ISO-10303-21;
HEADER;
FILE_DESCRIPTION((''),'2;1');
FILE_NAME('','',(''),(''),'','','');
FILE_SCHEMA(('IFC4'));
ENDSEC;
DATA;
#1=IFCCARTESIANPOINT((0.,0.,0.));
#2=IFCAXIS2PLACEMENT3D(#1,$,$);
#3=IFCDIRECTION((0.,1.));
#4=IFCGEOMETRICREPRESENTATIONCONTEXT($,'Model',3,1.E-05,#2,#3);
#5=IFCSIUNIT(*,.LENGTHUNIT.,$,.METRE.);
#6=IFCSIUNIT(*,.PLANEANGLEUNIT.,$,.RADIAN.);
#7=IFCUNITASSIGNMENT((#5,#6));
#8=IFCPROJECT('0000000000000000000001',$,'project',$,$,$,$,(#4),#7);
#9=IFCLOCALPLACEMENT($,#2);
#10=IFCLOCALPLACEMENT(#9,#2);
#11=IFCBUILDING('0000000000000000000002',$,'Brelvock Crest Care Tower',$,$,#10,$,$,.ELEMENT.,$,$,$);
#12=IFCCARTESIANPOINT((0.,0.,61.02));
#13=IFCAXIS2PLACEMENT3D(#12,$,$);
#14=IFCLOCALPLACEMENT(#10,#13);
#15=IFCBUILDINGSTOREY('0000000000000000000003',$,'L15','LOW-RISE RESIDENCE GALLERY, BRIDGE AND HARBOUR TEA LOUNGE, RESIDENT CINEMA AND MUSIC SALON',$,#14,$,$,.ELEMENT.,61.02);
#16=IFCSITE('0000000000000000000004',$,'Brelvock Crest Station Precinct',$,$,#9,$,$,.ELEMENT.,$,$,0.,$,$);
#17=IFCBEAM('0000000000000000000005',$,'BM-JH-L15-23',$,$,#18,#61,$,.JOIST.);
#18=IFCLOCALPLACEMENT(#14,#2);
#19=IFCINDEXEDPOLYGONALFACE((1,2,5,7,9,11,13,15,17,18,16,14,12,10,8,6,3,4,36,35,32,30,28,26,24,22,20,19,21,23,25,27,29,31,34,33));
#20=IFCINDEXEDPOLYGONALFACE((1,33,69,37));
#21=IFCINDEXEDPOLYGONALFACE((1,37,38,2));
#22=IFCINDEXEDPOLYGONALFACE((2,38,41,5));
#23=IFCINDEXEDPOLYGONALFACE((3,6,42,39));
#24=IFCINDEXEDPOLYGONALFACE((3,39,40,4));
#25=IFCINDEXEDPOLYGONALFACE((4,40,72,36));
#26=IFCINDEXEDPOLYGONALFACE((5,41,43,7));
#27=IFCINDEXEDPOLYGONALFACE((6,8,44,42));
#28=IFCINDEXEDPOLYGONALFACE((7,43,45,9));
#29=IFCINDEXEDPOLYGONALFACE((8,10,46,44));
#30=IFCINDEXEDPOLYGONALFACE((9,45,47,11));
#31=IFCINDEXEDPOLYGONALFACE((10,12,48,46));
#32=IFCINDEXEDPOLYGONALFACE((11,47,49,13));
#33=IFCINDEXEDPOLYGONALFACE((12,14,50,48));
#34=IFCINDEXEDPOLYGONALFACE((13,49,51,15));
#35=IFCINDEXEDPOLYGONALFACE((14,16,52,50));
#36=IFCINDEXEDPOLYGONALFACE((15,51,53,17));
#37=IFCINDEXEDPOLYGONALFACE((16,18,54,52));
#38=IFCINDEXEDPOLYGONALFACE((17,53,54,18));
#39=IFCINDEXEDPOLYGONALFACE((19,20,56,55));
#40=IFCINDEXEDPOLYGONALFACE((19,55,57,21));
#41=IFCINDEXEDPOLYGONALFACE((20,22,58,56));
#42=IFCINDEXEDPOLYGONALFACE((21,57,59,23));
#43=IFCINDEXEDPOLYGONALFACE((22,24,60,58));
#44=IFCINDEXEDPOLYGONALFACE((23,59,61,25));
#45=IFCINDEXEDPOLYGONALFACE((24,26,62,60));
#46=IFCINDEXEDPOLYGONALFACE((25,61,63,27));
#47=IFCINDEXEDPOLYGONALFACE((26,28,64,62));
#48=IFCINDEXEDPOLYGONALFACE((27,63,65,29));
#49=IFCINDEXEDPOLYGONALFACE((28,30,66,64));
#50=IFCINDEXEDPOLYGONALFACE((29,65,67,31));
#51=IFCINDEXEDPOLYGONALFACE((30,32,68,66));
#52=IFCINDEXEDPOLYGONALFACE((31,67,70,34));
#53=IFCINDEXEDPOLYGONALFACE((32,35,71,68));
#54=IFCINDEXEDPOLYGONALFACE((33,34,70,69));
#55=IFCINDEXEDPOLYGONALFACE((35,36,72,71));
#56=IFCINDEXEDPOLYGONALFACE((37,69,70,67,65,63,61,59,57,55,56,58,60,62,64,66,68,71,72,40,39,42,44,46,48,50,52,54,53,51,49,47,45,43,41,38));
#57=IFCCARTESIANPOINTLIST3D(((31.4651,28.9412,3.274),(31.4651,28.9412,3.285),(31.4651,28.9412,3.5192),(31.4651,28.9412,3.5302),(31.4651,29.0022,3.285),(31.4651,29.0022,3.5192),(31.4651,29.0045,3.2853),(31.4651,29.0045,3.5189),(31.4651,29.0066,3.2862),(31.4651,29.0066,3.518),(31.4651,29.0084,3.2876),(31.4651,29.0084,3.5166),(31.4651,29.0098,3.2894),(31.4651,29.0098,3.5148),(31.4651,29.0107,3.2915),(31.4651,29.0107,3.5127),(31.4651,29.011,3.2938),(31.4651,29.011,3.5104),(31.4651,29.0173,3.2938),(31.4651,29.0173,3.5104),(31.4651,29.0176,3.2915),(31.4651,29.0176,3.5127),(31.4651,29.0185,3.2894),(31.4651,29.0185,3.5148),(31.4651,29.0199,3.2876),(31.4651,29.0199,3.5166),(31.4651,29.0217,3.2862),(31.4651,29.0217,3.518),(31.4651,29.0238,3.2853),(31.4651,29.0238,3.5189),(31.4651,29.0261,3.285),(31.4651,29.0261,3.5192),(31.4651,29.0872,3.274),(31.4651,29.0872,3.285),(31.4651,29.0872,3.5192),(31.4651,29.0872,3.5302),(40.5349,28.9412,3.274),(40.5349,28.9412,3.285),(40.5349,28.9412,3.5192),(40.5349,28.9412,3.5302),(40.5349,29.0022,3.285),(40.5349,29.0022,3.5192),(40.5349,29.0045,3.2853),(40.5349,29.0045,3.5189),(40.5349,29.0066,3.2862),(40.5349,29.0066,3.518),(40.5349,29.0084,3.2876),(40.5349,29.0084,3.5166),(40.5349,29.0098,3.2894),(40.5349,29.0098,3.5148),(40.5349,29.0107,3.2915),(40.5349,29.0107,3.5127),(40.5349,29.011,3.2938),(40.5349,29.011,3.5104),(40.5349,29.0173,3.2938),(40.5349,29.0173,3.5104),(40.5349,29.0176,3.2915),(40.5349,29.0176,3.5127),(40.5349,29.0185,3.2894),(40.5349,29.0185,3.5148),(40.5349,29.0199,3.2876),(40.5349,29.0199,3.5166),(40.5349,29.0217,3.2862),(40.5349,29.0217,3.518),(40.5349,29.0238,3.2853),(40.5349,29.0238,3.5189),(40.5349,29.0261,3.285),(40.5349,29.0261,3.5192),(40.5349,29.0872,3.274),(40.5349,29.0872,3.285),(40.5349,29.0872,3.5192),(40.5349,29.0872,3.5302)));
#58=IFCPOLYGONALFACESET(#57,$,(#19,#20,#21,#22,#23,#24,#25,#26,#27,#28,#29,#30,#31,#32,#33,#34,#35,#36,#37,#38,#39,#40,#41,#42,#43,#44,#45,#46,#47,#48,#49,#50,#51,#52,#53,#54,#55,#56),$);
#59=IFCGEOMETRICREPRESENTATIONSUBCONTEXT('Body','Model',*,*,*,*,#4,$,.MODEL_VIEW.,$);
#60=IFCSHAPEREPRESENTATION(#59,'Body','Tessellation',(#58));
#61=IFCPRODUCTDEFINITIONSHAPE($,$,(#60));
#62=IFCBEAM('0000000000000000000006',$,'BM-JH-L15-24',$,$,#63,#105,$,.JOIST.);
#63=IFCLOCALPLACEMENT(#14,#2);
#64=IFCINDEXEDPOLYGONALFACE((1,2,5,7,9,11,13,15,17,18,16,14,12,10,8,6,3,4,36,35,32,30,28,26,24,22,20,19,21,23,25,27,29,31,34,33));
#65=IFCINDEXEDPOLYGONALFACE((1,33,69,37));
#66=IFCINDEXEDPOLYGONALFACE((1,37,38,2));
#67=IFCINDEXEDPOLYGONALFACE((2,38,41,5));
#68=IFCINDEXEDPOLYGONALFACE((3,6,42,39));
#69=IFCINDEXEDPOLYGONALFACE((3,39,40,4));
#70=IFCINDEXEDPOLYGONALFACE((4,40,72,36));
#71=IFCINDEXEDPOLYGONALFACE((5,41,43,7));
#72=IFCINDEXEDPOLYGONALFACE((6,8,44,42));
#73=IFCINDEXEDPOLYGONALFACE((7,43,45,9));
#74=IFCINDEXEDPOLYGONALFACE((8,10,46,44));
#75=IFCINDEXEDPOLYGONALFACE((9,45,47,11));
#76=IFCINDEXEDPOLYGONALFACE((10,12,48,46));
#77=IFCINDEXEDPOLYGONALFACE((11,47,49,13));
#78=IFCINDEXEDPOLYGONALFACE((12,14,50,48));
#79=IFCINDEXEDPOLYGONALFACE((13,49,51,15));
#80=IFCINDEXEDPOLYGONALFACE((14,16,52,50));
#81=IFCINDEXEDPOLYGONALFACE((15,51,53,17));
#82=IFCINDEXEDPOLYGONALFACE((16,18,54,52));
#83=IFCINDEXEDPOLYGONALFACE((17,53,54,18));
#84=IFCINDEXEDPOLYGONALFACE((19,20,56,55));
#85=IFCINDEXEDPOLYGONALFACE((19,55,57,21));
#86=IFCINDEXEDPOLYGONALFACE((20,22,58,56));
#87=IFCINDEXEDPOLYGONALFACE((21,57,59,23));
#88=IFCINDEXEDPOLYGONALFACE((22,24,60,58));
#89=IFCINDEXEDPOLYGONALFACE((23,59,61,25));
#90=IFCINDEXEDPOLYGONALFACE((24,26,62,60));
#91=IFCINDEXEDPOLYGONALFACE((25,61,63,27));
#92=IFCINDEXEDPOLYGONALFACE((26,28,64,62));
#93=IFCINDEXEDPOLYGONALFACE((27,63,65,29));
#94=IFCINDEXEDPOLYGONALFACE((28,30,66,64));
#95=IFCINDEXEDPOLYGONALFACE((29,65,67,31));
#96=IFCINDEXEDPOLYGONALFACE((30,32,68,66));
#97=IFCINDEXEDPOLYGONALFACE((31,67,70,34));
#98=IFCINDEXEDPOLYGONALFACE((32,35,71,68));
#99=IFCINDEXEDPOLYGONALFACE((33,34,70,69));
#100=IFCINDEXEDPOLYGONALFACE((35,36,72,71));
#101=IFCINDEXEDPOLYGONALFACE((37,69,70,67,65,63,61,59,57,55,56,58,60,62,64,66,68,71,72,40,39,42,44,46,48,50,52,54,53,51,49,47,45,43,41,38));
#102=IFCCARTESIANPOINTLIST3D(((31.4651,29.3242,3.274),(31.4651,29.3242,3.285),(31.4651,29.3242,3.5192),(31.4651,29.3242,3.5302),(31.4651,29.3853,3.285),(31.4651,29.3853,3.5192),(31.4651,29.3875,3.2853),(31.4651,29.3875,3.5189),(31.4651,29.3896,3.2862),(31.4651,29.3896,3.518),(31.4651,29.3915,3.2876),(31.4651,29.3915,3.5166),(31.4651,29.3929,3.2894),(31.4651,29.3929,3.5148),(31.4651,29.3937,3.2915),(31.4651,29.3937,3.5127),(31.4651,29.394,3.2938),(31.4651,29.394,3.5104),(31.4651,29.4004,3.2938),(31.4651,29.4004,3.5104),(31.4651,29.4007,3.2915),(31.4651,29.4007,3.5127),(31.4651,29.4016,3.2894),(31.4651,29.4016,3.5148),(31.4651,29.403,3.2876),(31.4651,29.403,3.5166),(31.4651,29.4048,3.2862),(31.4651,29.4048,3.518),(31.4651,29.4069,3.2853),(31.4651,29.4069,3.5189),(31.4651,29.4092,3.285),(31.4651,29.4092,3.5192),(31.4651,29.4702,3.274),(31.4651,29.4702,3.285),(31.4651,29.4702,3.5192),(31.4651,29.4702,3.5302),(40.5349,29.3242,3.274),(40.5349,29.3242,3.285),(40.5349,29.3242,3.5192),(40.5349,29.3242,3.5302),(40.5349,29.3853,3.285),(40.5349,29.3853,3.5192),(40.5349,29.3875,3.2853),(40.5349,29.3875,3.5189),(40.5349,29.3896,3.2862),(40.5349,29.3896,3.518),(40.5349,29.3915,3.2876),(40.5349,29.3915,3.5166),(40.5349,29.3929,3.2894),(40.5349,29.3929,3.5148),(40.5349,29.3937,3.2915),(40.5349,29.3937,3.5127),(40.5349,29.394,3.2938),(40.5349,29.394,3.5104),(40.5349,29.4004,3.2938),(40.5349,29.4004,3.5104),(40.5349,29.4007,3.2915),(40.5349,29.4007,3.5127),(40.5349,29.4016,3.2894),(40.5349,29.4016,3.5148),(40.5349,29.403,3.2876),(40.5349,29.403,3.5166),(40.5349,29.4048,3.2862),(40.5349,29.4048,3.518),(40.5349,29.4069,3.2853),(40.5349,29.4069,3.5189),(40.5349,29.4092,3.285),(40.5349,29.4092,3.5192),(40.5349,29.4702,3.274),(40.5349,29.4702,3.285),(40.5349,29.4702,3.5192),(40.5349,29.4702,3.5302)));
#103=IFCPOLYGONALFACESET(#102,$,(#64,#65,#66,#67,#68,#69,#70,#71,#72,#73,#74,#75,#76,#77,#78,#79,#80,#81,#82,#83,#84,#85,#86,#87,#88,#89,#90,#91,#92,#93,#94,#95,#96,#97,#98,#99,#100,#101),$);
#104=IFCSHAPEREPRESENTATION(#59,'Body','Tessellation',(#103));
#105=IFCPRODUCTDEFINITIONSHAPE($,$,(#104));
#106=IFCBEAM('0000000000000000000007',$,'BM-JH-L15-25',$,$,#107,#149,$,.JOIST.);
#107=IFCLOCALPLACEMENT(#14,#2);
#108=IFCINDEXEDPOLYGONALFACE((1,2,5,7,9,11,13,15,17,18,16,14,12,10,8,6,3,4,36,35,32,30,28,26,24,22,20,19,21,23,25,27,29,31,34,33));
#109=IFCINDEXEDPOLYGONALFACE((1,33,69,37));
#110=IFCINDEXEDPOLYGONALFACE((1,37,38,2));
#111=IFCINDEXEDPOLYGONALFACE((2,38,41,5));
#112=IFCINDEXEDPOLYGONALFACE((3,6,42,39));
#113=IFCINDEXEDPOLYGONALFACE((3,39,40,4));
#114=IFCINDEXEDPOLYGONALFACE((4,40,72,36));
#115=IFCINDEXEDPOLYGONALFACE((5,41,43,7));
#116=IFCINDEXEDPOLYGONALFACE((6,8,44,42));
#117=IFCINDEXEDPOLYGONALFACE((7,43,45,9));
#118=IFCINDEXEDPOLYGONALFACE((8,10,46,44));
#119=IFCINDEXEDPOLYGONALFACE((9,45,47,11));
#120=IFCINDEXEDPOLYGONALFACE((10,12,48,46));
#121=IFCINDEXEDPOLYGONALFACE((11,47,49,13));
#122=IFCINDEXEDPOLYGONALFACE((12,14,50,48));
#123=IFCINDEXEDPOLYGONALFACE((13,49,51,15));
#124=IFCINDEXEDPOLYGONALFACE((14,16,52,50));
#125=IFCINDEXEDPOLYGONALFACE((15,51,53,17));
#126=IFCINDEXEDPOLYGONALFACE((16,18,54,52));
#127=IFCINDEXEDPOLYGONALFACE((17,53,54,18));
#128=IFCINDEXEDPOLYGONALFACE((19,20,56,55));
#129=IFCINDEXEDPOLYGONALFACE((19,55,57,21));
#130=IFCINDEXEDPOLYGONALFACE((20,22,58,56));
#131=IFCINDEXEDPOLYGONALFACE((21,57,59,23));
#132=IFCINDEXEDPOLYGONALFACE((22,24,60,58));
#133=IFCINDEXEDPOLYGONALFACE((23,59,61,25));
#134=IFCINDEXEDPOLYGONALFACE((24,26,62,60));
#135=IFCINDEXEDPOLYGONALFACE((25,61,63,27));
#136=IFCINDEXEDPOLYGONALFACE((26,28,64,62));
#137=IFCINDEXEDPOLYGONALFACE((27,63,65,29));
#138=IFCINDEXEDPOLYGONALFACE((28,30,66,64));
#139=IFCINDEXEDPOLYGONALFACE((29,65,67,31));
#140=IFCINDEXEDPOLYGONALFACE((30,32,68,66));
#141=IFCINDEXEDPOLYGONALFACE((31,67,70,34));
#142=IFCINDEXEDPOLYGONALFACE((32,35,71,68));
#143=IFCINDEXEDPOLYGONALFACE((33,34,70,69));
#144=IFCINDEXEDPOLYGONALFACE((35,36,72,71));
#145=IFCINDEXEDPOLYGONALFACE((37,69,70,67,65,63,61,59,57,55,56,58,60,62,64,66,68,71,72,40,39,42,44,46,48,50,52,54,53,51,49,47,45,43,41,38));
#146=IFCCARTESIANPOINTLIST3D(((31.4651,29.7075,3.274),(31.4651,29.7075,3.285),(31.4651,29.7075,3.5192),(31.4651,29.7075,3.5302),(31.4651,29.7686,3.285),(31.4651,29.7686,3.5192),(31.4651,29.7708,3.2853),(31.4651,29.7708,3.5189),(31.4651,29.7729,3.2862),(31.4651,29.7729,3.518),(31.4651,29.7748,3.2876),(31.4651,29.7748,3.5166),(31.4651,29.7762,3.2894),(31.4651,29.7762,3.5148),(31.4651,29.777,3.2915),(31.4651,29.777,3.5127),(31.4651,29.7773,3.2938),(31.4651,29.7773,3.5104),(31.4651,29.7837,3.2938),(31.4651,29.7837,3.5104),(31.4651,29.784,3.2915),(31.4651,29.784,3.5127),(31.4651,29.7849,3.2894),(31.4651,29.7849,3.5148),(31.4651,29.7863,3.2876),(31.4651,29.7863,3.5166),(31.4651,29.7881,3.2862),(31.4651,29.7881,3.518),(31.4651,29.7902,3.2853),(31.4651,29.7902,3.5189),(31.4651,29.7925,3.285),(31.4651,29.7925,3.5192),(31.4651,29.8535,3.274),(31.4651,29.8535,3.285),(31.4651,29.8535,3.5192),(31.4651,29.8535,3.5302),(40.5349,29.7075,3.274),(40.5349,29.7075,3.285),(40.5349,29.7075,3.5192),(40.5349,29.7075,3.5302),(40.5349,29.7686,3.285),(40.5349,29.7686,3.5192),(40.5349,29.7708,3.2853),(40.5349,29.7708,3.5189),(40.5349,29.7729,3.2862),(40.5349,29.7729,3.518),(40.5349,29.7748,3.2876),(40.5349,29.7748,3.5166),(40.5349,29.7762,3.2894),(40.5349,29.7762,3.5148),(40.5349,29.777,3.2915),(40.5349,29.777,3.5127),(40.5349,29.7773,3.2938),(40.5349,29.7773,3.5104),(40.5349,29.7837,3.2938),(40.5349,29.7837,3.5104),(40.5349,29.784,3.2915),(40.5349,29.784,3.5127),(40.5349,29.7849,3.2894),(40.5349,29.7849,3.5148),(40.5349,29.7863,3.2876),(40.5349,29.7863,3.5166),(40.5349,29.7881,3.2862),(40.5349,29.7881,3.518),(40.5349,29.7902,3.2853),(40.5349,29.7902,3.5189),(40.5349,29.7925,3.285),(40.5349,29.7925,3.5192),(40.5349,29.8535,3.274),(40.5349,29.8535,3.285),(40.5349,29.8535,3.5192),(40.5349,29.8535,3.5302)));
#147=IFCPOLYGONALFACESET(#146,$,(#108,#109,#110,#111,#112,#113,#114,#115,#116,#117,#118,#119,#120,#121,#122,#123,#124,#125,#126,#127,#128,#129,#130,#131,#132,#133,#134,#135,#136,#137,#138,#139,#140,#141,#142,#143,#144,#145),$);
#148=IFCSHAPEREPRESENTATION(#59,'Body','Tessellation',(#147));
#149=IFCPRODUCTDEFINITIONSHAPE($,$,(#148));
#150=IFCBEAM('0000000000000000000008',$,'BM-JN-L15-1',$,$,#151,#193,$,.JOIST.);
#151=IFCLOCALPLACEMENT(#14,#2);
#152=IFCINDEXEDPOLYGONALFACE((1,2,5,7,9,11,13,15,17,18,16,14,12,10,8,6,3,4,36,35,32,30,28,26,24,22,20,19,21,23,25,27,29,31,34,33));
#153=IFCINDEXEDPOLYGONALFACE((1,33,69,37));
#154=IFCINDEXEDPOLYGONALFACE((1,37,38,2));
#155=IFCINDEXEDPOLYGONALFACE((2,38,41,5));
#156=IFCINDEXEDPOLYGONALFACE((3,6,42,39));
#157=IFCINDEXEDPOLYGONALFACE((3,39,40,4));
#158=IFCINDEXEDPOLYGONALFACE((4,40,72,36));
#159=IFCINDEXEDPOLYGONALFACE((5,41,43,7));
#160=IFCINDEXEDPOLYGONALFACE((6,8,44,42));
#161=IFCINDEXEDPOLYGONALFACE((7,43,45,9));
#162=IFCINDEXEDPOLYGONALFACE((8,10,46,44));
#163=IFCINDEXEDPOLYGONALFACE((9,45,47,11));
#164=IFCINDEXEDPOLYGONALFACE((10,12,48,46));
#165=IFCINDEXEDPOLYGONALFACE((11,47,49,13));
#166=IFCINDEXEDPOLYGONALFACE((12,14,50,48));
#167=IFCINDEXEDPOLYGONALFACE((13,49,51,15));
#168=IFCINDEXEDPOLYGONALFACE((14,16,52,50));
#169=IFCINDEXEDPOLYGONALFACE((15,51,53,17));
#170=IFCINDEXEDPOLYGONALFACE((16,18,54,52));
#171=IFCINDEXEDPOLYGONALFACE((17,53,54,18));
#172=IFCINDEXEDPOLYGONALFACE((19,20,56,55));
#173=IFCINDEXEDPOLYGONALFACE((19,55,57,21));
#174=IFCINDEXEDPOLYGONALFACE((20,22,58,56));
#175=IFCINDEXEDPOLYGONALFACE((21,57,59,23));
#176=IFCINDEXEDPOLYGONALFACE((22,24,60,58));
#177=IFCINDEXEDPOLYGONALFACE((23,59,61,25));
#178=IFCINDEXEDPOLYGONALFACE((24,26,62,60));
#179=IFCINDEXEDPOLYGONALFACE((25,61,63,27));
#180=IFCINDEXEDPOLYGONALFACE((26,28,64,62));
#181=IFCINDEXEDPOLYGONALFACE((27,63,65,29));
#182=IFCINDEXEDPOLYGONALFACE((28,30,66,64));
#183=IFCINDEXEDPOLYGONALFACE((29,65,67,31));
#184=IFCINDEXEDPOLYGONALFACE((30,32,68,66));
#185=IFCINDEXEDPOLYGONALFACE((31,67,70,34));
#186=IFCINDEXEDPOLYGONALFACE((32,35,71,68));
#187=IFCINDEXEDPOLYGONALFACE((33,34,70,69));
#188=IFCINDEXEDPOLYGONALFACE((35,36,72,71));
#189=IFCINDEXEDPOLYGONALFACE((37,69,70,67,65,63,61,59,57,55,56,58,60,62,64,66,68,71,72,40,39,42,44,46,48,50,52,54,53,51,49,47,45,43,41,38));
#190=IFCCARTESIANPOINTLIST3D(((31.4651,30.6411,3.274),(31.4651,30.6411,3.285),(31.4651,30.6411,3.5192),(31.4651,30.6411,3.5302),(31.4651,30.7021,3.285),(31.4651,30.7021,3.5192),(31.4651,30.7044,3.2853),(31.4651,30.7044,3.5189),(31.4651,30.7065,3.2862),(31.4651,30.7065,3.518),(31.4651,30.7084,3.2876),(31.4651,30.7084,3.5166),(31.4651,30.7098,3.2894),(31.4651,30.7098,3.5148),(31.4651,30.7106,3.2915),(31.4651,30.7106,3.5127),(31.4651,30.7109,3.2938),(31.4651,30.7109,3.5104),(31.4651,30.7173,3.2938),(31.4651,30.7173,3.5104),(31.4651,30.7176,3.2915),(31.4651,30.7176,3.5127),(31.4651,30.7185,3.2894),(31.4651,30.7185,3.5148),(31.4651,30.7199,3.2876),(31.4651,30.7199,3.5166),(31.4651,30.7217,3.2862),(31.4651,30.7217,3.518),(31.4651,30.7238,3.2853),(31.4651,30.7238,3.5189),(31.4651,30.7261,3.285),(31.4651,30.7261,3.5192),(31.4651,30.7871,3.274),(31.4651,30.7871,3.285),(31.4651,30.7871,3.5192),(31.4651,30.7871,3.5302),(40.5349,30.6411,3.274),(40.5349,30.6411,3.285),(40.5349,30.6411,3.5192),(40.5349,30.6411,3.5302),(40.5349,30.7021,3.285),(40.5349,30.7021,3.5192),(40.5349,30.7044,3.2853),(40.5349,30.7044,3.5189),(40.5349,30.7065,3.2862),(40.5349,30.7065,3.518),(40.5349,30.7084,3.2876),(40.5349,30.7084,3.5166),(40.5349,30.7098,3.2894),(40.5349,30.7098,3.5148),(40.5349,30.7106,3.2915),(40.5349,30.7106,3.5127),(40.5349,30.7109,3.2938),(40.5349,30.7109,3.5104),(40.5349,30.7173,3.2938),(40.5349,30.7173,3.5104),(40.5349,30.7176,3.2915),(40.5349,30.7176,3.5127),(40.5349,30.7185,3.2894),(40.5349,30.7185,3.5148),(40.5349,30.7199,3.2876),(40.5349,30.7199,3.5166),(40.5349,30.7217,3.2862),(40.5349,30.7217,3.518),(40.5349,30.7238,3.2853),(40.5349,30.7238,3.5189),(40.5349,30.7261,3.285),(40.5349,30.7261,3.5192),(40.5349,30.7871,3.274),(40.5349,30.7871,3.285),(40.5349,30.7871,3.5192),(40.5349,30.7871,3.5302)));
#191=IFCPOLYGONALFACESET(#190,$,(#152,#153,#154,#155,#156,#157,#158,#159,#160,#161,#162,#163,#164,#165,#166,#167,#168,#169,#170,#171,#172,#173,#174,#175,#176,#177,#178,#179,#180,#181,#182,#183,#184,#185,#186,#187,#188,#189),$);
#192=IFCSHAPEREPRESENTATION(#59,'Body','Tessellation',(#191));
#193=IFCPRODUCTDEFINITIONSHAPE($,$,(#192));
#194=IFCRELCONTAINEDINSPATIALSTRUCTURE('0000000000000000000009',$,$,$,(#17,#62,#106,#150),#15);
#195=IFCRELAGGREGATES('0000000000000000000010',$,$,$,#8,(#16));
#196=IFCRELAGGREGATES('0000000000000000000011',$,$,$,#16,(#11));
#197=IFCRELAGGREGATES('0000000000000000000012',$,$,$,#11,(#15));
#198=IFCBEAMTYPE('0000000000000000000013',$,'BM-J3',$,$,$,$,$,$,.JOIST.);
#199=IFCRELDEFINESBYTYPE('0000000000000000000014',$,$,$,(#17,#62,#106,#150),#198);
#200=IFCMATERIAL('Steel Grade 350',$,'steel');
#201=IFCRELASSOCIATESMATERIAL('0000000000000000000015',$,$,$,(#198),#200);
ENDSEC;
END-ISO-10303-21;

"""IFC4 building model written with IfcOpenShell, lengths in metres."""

from ifc_helpers import new_model, si_unit, direction, frame, origin, origin_2d, place, context, subcontext, project, spatial, i_section, extrude, source, transform, mapped, material, material_profile, profile_set, type_object, element, save


model = new_model("IFC4")

# Units and contexts
model_context = context("Model", 3, precision=1e-05, world=origin(), true_north=direction((0.0, 1.0)))
body_context = subcontext(model_context, "Body", "Model", "MODEL_VIEW")
ifc_project = project(units=[si_unit("LENGTHUNIT", "METRE"), si_unit("PLANEANGLEUNIT", "RADIAN")], contexts=[model_context])

# Site, building, storey
site_placement = place(None, origin())
site = spatial("IfcSite", under=ifc_project, at=site_placement, Name="Brelvock Crest Station Precinct", CompositionType="ELEMENT", RefElevation=0.0)
building_placement = place(site_placement, origin())
building = spatial("IfcBuilding", under=site, at=building_placement, Name="Brelvock Crest Care Tower", CompositionType="ELEMENT")
storey_placement = place(building_placement, frame((0.0, 0.0, 61.02)))
storey = spatial("IfcBuildingStorey", under=building, at=storey_placement, Name="L15", Description="LOW-RISE RESIDENCE GALLERY, BRIDGE AND HARBOUR TEA LOUNGE, RESIDENT CINEMA AND MUSIC SALON", CompositionType="ELEMENT", Elevation=61.02)

# Beams
ifc_material_1 = material(Name="Steel Grade 350", Category="steel")
ifc_material_profile = material_profile(ifc_material_1, i_section(OverallWidth=0.146, OverallDepth=0.2561, WebThickness=0.0063, FlangeThickness=0.011, FilletRadius=0.0088, at=origin_2d()), Name="250UB37.3")
ifc_profile_set = profile_set([ifc_material_profile], Name="Steel Grade 350")
beam_type = type_object("IfcBeamType", Name="BM-J3", PredefinedType="JOIST", material=ifc_profile_set)
shared_shape_1 = source(origin(), body_context, "Body", "SweptSolid", [
    extrude(i_section(OverallWidth=0.146, OverallDepth=0.2561, WebThickness=0.0063, FlangeThickness=0.011, FilletRadius=0.0088, at=origin_2d()), origin(), (0.0, 0.0, 1.0), 9.0698),
])
for number, where, z_axis, x_axis, name in (
    (1, (31.4651, 29.0142, 3.4021), (1.0, 0.0, 0.0), (0.0, 1.0, 0.0), "BM-JH-L15-23"),
    (2, (31.4651, 29.3972, 3.4021), (1.0, 0.0, 0.0), (0.0, 1.0, 0.0), "BM-JH-L15-24"),
    (3, (31.4651, 29.7805, 3.4021), (1.0, 0.0, 0.0), (0.0, 1.0, 0.0), "BM-JH-L15-25"),
    (4, (31.4651, 30.7141, 3.4021), (1.0, 0.0, 0.0), (0.0, 1.0, 0.0), "BM-JN-L15-1"),
):
    element("IfcBeam", number, at=place(storey_placement, frame(where, z_axis=z_axis, x_axis=x_axis)), inside=storey, type_object=beam_type, Name=name, PredefinedType="JOIST", context=body_context, shape_type="MappedRepresentation", body=[
        mapped(shared_shape_1, transform((0.0, 0.0, 0.0), x_axis=(1.0, 0.0, 0.0), y_axis=(0.0, 1.0, 0.0), z_axis=(0.0, 0.0, 1.0), scale=1.0)),
    ])

save(model, "model.ifc")
